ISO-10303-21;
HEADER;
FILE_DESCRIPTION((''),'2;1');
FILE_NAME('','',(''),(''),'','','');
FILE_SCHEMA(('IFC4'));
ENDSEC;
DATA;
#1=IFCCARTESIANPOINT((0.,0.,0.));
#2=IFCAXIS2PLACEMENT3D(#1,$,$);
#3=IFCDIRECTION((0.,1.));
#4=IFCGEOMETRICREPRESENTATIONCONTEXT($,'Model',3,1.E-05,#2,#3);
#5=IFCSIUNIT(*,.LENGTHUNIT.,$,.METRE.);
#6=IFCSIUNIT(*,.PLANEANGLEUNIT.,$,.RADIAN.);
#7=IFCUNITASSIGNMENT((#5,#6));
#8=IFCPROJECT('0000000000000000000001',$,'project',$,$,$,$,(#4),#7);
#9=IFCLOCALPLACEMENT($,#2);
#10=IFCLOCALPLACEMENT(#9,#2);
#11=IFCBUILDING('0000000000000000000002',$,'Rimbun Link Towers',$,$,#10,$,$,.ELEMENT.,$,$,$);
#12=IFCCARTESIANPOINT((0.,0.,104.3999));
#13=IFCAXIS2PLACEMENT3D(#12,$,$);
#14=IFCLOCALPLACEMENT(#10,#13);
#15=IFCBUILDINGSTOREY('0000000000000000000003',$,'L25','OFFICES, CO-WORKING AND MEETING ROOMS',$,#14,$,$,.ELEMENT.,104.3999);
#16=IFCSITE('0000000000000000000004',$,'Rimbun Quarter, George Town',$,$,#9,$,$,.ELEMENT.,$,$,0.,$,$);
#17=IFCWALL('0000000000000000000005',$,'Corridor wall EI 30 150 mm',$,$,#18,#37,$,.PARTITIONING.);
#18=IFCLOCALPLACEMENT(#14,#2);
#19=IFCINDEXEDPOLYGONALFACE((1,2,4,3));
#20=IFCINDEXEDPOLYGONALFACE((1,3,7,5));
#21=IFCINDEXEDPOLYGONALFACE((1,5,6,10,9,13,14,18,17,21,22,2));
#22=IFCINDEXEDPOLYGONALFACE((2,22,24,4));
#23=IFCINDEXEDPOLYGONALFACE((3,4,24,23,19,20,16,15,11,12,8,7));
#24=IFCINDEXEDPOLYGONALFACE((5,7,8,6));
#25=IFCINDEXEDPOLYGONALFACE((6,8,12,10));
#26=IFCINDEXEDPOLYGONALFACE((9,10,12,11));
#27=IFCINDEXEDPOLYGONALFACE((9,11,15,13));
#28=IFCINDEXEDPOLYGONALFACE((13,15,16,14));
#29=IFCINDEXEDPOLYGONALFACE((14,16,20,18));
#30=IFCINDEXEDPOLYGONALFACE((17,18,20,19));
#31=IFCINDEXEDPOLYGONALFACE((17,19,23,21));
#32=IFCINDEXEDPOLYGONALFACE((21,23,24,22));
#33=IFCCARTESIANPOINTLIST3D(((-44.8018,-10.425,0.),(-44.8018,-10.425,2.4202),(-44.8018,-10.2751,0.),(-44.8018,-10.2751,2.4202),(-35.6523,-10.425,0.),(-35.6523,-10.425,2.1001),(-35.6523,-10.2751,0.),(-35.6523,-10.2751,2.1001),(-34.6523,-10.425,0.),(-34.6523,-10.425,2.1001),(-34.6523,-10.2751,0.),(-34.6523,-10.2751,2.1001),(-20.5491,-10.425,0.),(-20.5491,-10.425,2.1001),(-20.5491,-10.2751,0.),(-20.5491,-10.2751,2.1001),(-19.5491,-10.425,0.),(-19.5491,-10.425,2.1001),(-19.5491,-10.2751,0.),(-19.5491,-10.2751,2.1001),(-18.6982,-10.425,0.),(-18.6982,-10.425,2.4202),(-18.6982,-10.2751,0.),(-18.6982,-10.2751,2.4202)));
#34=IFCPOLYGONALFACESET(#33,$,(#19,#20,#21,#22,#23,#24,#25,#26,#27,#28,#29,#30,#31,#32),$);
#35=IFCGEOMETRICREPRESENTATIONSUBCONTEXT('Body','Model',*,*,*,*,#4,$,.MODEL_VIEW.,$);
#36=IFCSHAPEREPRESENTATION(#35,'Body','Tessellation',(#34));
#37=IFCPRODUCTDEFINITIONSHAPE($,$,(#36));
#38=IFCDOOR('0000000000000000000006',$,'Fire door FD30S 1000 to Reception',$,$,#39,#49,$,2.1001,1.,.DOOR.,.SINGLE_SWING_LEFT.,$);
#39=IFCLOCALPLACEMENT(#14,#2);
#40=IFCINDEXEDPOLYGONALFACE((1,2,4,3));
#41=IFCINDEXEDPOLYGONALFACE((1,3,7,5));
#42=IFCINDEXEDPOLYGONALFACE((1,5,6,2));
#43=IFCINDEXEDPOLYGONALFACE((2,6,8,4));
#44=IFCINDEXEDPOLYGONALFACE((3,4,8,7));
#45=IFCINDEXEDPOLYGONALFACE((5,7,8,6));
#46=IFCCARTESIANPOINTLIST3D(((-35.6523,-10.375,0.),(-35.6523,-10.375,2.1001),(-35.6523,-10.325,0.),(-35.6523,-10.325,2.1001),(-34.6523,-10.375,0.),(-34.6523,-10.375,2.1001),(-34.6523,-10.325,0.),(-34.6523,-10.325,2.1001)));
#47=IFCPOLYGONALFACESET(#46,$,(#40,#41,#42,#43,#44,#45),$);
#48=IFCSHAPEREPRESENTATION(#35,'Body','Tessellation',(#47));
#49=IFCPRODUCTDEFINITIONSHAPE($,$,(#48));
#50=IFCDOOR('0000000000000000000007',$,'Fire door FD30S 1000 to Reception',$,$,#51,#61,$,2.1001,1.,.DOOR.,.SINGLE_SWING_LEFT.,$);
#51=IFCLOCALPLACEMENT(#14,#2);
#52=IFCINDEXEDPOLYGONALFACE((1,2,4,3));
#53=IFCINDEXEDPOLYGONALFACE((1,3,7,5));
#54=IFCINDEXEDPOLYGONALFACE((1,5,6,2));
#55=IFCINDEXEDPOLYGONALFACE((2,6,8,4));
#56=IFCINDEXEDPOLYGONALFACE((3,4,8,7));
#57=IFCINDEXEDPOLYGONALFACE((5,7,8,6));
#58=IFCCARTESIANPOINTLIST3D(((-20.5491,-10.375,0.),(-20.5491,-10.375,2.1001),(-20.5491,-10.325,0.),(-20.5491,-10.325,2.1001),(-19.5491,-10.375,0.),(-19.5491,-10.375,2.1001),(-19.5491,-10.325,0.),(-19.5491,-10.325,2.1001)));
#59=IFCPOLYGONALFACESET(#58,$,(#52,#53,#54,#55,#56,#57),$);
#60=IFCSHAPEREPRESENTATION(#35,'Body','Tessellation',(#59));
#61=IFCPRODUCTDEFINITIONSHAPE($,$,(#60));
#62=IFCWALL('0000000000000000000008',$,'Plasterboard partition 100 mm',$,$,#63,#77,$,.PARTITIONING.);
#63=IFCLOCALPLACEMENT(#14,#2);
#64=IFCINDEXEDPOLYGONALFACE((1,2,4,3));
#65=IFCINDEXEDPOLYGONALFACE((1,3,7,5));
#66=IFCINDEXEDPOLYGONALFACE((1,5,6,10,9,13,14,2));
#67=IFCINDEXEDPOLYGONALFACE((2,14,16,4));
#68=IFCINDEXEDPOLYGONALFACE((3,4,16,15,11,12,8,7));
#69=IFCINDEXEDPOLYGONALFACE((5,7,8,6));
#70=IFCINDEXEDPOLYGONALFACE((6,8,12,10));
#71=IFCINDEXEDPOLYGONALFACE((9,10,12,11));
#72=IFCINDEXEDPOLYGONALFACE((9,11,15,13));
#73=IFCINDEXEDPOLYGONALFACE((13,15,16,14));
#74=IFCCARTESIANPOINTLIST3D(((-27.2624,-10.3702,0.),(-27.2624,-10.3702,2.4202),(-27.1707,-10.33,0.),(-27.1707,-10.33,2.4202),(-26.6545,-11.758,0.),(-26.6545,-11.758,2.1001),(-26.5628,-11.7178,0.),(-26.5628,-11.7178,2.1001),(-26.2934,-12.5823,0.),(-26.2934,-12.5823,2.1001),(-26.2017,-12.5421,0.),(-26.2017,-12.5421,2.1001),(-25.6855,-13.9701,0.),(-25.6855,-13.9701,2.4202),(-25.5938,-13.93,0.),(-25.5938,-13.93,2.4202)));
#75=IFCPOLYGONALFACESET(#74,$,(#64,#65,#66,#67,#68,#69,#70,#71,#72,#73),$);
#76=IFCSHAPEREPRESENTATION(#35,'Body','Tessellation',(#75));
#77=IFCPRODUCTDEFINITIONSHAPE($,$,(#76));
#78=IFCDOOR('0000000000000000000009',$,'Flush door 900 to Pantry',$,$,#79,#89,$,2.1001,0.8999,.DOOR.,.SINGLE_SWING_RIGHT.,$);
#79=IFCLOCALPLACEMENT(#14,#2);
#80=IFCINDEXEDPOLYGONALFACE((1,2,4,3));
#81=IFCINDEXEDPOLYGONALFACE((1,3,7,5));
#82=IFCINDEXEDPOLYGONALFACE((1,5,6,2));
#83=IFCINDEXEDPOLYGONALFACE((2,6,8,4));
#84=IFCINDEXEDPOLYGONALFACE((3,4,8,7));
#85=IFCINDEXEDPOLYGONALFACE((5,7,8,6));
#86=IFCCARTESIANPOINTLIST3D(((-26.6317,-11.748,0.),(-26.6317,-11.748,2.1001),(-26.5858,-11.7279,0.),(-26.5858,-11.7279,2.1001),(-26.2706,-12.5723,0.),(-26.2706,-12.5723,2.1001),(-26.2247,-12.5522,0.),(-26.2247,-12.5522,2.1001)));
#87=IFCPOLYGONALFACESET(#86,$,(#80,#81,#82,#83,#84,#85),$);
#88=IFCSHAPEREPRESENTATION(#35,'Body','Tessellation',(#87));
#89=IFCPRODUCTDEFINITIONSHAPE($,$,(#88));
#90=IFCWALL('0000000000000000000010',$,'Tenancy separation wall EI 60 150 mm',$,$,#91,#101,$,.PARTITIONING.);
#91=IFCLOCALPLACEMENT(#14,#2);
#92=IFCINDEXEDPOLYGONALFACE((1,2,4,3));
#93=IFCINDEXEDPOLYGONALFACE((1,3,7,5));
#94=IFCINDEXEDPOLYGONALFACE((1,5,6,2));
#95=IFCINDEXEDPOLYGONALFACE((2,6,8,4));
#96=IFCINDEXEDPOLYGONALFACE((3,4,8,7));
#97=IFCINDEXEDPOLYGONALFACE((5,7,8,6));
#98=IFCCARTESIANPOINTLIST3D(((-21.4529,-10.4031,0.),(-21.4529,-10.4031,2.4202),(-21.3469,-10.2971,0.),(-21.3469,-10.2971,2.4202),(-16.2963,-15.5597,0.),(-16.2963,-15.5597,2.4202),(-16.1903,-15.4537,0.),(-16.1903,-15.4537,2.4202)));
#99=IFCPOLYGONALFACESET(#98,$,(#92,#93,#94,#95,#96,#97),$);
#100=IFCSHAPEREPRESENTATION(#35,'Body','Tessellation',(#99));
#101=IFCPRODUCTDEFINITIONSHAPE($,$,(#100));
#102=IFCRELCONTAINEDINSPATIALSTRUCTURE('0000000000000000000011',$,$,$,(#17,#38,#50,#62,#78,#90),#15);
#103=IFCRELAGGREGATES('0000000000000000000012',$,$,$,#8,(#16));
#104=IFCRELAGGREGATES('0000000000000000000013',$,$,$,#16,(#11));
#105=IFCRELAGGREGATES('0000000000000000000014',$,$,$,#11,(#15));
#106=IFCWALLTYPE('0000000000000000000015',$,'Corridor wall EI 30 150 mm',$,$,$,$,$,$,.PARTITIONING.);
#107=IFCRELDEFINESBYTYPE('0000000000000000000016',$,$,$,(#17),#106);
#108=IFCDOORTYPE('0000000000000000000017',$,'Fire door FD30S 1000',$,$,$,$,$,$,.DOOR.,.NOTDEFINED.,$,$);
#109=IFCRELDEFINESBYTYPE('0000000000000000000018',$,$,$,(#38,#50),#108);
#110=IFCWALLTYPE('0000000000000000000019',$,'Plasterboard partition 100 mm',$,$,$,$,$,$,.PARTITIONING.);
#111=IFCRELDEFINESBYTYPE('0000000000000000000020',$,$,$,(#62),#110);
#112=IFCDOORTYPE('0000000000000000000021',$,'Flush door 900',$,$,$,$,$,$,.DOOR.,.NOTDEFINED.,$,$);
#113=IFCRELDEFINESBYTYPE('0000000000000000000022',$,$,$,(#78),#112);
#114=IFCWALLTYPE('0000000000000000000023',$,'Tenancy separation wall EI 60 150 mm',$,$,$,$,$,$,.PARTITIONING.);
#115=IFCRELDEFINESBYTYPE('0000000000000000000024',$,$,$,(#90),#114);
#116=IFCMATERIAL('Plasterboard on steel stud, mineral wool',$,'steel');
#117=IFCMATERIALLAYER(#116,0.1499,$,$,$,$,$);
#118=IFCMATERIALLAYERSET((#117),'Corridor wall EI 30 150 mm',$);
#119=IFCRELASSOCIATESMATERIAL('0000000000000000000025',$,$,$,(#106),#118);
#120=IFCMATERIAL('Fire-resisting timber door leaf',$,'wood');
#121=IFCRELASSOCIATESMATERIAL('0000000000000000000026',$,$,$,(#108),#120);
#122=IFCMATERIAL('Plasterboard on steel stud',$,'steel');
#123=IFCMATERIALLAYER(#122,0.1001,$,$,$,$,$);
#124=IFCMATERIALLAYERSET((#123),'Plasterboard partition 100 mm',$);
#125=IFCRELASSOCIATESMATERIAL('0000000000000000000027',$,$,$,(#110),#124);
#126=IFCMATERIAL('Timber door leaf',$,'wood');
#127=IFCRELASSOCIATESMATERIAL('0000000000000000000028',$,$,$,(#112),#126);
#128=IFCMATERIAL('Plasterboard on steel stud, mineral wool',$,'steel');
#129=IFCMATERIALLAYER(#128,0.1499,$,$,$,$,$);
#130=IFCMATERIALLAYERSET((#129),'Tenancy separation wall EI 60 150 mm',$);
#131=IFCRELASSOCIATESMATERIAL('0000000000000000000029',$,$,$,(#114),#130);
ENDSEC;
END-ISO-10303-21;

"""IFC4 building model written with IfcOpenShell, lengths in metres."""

from ifc_helpers import new_model, si_unit, direction, frame, frame_2d, origin, place, context, subcontext, project, spatial, rectangle, extrude, material, layer, layer_set, type_object, element, fill, save


model = new_model("IFC4")

# Units and contexts
model_context = context("Model", 3, precision=1e-05, world=origin(), true_north=direction((0.0, 1.0)))
body_context = subcontext(model_context, "Body", "Model", "MODEL_VIEW")
ifc_project = project(units=[si_unit("LENGTHUNIT", "METRE"), si_unit("PLANEANGLEUNIT", "RADIAN")], contexts=[model_context])

# Site, building, storey
site_placement = place(None, origin())
site = spatial("IfcSite", under=ifc_project, at=site_placement, Name="Rimbun Quarter, George Town", CompositionType="ELEMENT", RefElevation=0.0)
building_placement = place(site_placement, origin())
building = spatial("IfcBuilding", under=site, at=building_placement, Name="Rimbun Link Towers", CompositionType="ELEMENT")
storey_placement = place(building_placement, frame((0.0, 0.0, 104.3999)))
storey = spatial("IfcBuildingStorey", under=building, at=storey_placement, Name="L25", Description="OFFICES, CO-WORKING AND MEETING ROOMS", CompositionType="ELEMENT", Elevation=104.3999)

# Shared definitions
ifc_material_1 = material(Name="Plasterboard on steel stud, mineral wool", Category="steel")
ifc_layer_1 = layer(ifc_material_1, 0.1499)
ifc_layer_set_1 = layer_set([ifc_layer_1], Name="Corridor wall EI 30 150 mm")
wall_type_1 = type_object("IfcWallType", Name="Corridor wall EI 30 150 mm", PredefinedType="PARTITIONING", material=ifc_layer_set_1)

# Wall, openings, doors
wall_1_placement = place(storey_placement, frame((-18.6982, -10.3501, 0.0), z_axis=(0.0, 0.0, 1.0), x_axis=(-1.0, 0.0, 0.0)))
wall_1 = element("IfcWall", 1, at=wall_1_placement, inside=storey, type_object=wall_type_1, Name="Corridor wall EI 30 150 mm", PredefinedType="PARTITIONING", context=body_context, shape_type="SweptSolid", body=[
    extrude(rectangle(XDim=26.1035, YDim=0.1499, at=frame_2d((13.0518, 0.0))), origin(), (0.0, 0.0, 1.0), 2.4202),
])
opening_1_placement = place(wall_1_placement, frame((15.9541, 0.0, 0.0)))
opening_1 = element("IfcOpeningElement", 2, at=opening_1_placement, cuts=wall_1, PredefinedType="OPENING", context=body_context, shape_type="SweptSolid", body=[
    extrude(rectangle(XDim=1.0, YDim=2.1001, at=frame_2d((0.5, 1.05))), frame((0.0, 0.085, 0.0), z_axis=(0.0, -1.0, 0.0), x_axis=(1.0, 0.0, 0.0)), (0.0, 0.0, 1.0), 0.1699),
])
opening_2_placement = place(wall_1_placement, frame((0.8508, 0.0, 0.0)))
opening_2 = element("IfcOpeningElement", 3, at=opening_2_placement, cuts=wall_1, PredefinedType="OPENING", context=body_context, shape_type="SweptSolid", body=[
    extrude(rectangle(XDim=1.0, YDim=2.1001, at=frame_2d((0.5, 1.05))), frame((0.0, 0.085, 0.0), z_axis=(0.0, -1.0, 0.0), x_axis=(1.0, 0.0, 0.0)), (0.0, 0.0, 1.0), 0.1699),
])
ifc_material_2 = material(Name="Fire-resisting timber door leaf", Category="wood")
door_type_1 = type_object("IfcDoorType", Name="Fire door FD30S 1000", OperationType="NOTDEFINED", PredefinedType="DOOR", material=ifc_material_2)
door_1_placement = place(opening_1_placement, origin())
door_1 = element("IfcDoor", 4, at=door_1_placement, inside=storey, type_object=door_type_1, Name="Fire door FD30S 1000 to Reception", OperationType="SINGLE_SWING_LEFT", OverallHeight=2.1001, OverallWidth=1.0, PredefinedType="DOOR", context=body_context, shape_type="SweptSolid", body=[
    extrude(rectangle(XDim=1.0, YDim=2.1001, at=frame_2d((0.5, 1.05))), frame((0.0, 0.0249, 0.0), z_axis=(0.0, -1.0, 0.0), x_axis=(1.0, 0.0, 0.0)), (0.0, 0.0, 1.0), 0.05),
])
fill(opening_1, door_1)
door_2_placement = place(opening_2_placement, origin())
door_2 = element("IfcDoor", 5, at=door_2_placement, inside=storey, type_object=door_type_1, Name="Fire door FD30S 1000 to Reception", OperationType="SINGLE_SWING_LEFT", OverallHeight=2.1001, OverallWidth=1.0, PredefinedType="DOOR", context=body_context, shape_type="SweptSolid", body=[
    extrude(rectangle(XDim=1.0, YDim=2.1001, at=frame_2d((0.5, 1.05))), frame((0.0, 0.0249, 0.0), z_axis=(0.0, -1.0, 0.0), x_axis=(1.0, 0.0, 0.0)), (0.0, 0.0, 1.0), 0.05),
])
fill(opening_2, door_2)

# Wall, opening, door
ifc_material_3 = material(Name="Plasterboard on steel stud", Category="steel")
ifc_layer_2 = layer(ifc_material_3, 0.1001)
ifc_layer_set_2 = layer_set([ifc_layer_2], Name="Plasterboard partition 100 mm")
wall_type_2 = type_object("IfcWallType", Name="Plasterboard partition 100 mm", PredefinedType="PARTITIONING", material=ifc_layer_set_2)
wall_2_placement = place(storey_placement, frame((-27.2166, -10.3501, 0.0), z_axis=(0.0, 0.0, 1.0), x_axis=(0.401239, -0.915973, 0.0)))
wall_2 = element("IfcWall", 6, at=wall_2_placement, inside=storey, type_object=wall_type_2, Name="Plasterboard partition 100 mm", PredefinedType="PARTITIONING", context=body_context, shape_type="SweptSolid", body=[
    extrude(rectangle(XDim=3.9302, YDim=0.1001, at=frame_2d((1.9651, 0.0))), origin(), (0.0, 0.0, 1.0), 2.4202),
])
opening_3_placement = place(wall_2_placement, frame((1.5151, 0.0, 0.0)))
opening_3 = element("IfcOpeningElement", 7, at=opening_3_placement, cuts=wall_2, PredefinedType="OPENING", context=body_context, shape_type="SweptSolid", body=[
    extrude(rectangle(XDim=0.8999, YDim=2.1001, at=frame_2d((0.45, 1.05))), frame((0.0, 0.0601, 0.0), z_axis=(0.0, -1.0, 0.0), x_axis=(1.0, 0.0, 0.0)), (0.0, 0.0, 1.0), 0.1201),
])
ifc_material_4 = material(Name="Timber door leaf", Category="wood")
door_type_2 = type_object("IfcDoorType", Name="Flush door 900", OperationType="NOTDEFINED", PredefinedType="DOOR", material=ifc_material_4)
door_3_placement = place(opening_3_placement, origin())
door_3 = element("IfcDoor", 8, at=door_3_placement, inside=storey, type_object=door_type_2, Name="Flush door 900 to Pantry", OperationType="SINGLE_SWING_RIGHT", OverallHeight=2.1001, OverallWidth=0.8999, PredefinedType="DOOR", context=body_context, shape_type="SweptSolid", body=[
    extrude(rectangle(XDim=0.8999, YDim=2.1001, at=frame_2d((0.45, 1.05))), frame((0.0, 0.0249, 0.0), z_axis=(0.0, -1.0, 0.0), x_axis=(1.0, 0.0, 0.0)), (0.0, 0.0, 1.0), 0.05),
])
fill(opening_3, door_3)

# Wall
ifc_material_5 = material(Name="Plasterboard on steel stud, mineral wool", Category="steel")
ifc_layer_3 = layer(ifc_material_5, 0.1499)
ifc_layer_set_3 = layer_set([ifc_layer_3], Name="Tenancy separation wall EI 60 150 mm")
wall_type_3 = type_object("IfcWallType", Name="Tenancy separation wall EI 60 150 mm", PredefinedType="PARTITIONING", material=ifc_layer_set_3)
wall_3_placement = place(storey_placement, frame((-21.3999, -10.3501, 0.0), z_axis=(0.0, 0.0, 1.0), x_axis=(0.707107, -0.707107, 0.0)))
element("IfcWall", 9, at=wall_3_placement, inside=storey, type_object=wall_type_3, Name="Tenancy separation wall EI 60 150 mm", PredefinedType="PARTITIONING", context=body_context, shape_type="SweptSolid", body=[
    extrude(rectangle(XDim=7.2925, YDim=0.1499, at=frame_2d((3.6462, 0.0))), origin(), (0.0, 0.0, 1.0), 2.4202),
])

save(model, "model.ifc")
